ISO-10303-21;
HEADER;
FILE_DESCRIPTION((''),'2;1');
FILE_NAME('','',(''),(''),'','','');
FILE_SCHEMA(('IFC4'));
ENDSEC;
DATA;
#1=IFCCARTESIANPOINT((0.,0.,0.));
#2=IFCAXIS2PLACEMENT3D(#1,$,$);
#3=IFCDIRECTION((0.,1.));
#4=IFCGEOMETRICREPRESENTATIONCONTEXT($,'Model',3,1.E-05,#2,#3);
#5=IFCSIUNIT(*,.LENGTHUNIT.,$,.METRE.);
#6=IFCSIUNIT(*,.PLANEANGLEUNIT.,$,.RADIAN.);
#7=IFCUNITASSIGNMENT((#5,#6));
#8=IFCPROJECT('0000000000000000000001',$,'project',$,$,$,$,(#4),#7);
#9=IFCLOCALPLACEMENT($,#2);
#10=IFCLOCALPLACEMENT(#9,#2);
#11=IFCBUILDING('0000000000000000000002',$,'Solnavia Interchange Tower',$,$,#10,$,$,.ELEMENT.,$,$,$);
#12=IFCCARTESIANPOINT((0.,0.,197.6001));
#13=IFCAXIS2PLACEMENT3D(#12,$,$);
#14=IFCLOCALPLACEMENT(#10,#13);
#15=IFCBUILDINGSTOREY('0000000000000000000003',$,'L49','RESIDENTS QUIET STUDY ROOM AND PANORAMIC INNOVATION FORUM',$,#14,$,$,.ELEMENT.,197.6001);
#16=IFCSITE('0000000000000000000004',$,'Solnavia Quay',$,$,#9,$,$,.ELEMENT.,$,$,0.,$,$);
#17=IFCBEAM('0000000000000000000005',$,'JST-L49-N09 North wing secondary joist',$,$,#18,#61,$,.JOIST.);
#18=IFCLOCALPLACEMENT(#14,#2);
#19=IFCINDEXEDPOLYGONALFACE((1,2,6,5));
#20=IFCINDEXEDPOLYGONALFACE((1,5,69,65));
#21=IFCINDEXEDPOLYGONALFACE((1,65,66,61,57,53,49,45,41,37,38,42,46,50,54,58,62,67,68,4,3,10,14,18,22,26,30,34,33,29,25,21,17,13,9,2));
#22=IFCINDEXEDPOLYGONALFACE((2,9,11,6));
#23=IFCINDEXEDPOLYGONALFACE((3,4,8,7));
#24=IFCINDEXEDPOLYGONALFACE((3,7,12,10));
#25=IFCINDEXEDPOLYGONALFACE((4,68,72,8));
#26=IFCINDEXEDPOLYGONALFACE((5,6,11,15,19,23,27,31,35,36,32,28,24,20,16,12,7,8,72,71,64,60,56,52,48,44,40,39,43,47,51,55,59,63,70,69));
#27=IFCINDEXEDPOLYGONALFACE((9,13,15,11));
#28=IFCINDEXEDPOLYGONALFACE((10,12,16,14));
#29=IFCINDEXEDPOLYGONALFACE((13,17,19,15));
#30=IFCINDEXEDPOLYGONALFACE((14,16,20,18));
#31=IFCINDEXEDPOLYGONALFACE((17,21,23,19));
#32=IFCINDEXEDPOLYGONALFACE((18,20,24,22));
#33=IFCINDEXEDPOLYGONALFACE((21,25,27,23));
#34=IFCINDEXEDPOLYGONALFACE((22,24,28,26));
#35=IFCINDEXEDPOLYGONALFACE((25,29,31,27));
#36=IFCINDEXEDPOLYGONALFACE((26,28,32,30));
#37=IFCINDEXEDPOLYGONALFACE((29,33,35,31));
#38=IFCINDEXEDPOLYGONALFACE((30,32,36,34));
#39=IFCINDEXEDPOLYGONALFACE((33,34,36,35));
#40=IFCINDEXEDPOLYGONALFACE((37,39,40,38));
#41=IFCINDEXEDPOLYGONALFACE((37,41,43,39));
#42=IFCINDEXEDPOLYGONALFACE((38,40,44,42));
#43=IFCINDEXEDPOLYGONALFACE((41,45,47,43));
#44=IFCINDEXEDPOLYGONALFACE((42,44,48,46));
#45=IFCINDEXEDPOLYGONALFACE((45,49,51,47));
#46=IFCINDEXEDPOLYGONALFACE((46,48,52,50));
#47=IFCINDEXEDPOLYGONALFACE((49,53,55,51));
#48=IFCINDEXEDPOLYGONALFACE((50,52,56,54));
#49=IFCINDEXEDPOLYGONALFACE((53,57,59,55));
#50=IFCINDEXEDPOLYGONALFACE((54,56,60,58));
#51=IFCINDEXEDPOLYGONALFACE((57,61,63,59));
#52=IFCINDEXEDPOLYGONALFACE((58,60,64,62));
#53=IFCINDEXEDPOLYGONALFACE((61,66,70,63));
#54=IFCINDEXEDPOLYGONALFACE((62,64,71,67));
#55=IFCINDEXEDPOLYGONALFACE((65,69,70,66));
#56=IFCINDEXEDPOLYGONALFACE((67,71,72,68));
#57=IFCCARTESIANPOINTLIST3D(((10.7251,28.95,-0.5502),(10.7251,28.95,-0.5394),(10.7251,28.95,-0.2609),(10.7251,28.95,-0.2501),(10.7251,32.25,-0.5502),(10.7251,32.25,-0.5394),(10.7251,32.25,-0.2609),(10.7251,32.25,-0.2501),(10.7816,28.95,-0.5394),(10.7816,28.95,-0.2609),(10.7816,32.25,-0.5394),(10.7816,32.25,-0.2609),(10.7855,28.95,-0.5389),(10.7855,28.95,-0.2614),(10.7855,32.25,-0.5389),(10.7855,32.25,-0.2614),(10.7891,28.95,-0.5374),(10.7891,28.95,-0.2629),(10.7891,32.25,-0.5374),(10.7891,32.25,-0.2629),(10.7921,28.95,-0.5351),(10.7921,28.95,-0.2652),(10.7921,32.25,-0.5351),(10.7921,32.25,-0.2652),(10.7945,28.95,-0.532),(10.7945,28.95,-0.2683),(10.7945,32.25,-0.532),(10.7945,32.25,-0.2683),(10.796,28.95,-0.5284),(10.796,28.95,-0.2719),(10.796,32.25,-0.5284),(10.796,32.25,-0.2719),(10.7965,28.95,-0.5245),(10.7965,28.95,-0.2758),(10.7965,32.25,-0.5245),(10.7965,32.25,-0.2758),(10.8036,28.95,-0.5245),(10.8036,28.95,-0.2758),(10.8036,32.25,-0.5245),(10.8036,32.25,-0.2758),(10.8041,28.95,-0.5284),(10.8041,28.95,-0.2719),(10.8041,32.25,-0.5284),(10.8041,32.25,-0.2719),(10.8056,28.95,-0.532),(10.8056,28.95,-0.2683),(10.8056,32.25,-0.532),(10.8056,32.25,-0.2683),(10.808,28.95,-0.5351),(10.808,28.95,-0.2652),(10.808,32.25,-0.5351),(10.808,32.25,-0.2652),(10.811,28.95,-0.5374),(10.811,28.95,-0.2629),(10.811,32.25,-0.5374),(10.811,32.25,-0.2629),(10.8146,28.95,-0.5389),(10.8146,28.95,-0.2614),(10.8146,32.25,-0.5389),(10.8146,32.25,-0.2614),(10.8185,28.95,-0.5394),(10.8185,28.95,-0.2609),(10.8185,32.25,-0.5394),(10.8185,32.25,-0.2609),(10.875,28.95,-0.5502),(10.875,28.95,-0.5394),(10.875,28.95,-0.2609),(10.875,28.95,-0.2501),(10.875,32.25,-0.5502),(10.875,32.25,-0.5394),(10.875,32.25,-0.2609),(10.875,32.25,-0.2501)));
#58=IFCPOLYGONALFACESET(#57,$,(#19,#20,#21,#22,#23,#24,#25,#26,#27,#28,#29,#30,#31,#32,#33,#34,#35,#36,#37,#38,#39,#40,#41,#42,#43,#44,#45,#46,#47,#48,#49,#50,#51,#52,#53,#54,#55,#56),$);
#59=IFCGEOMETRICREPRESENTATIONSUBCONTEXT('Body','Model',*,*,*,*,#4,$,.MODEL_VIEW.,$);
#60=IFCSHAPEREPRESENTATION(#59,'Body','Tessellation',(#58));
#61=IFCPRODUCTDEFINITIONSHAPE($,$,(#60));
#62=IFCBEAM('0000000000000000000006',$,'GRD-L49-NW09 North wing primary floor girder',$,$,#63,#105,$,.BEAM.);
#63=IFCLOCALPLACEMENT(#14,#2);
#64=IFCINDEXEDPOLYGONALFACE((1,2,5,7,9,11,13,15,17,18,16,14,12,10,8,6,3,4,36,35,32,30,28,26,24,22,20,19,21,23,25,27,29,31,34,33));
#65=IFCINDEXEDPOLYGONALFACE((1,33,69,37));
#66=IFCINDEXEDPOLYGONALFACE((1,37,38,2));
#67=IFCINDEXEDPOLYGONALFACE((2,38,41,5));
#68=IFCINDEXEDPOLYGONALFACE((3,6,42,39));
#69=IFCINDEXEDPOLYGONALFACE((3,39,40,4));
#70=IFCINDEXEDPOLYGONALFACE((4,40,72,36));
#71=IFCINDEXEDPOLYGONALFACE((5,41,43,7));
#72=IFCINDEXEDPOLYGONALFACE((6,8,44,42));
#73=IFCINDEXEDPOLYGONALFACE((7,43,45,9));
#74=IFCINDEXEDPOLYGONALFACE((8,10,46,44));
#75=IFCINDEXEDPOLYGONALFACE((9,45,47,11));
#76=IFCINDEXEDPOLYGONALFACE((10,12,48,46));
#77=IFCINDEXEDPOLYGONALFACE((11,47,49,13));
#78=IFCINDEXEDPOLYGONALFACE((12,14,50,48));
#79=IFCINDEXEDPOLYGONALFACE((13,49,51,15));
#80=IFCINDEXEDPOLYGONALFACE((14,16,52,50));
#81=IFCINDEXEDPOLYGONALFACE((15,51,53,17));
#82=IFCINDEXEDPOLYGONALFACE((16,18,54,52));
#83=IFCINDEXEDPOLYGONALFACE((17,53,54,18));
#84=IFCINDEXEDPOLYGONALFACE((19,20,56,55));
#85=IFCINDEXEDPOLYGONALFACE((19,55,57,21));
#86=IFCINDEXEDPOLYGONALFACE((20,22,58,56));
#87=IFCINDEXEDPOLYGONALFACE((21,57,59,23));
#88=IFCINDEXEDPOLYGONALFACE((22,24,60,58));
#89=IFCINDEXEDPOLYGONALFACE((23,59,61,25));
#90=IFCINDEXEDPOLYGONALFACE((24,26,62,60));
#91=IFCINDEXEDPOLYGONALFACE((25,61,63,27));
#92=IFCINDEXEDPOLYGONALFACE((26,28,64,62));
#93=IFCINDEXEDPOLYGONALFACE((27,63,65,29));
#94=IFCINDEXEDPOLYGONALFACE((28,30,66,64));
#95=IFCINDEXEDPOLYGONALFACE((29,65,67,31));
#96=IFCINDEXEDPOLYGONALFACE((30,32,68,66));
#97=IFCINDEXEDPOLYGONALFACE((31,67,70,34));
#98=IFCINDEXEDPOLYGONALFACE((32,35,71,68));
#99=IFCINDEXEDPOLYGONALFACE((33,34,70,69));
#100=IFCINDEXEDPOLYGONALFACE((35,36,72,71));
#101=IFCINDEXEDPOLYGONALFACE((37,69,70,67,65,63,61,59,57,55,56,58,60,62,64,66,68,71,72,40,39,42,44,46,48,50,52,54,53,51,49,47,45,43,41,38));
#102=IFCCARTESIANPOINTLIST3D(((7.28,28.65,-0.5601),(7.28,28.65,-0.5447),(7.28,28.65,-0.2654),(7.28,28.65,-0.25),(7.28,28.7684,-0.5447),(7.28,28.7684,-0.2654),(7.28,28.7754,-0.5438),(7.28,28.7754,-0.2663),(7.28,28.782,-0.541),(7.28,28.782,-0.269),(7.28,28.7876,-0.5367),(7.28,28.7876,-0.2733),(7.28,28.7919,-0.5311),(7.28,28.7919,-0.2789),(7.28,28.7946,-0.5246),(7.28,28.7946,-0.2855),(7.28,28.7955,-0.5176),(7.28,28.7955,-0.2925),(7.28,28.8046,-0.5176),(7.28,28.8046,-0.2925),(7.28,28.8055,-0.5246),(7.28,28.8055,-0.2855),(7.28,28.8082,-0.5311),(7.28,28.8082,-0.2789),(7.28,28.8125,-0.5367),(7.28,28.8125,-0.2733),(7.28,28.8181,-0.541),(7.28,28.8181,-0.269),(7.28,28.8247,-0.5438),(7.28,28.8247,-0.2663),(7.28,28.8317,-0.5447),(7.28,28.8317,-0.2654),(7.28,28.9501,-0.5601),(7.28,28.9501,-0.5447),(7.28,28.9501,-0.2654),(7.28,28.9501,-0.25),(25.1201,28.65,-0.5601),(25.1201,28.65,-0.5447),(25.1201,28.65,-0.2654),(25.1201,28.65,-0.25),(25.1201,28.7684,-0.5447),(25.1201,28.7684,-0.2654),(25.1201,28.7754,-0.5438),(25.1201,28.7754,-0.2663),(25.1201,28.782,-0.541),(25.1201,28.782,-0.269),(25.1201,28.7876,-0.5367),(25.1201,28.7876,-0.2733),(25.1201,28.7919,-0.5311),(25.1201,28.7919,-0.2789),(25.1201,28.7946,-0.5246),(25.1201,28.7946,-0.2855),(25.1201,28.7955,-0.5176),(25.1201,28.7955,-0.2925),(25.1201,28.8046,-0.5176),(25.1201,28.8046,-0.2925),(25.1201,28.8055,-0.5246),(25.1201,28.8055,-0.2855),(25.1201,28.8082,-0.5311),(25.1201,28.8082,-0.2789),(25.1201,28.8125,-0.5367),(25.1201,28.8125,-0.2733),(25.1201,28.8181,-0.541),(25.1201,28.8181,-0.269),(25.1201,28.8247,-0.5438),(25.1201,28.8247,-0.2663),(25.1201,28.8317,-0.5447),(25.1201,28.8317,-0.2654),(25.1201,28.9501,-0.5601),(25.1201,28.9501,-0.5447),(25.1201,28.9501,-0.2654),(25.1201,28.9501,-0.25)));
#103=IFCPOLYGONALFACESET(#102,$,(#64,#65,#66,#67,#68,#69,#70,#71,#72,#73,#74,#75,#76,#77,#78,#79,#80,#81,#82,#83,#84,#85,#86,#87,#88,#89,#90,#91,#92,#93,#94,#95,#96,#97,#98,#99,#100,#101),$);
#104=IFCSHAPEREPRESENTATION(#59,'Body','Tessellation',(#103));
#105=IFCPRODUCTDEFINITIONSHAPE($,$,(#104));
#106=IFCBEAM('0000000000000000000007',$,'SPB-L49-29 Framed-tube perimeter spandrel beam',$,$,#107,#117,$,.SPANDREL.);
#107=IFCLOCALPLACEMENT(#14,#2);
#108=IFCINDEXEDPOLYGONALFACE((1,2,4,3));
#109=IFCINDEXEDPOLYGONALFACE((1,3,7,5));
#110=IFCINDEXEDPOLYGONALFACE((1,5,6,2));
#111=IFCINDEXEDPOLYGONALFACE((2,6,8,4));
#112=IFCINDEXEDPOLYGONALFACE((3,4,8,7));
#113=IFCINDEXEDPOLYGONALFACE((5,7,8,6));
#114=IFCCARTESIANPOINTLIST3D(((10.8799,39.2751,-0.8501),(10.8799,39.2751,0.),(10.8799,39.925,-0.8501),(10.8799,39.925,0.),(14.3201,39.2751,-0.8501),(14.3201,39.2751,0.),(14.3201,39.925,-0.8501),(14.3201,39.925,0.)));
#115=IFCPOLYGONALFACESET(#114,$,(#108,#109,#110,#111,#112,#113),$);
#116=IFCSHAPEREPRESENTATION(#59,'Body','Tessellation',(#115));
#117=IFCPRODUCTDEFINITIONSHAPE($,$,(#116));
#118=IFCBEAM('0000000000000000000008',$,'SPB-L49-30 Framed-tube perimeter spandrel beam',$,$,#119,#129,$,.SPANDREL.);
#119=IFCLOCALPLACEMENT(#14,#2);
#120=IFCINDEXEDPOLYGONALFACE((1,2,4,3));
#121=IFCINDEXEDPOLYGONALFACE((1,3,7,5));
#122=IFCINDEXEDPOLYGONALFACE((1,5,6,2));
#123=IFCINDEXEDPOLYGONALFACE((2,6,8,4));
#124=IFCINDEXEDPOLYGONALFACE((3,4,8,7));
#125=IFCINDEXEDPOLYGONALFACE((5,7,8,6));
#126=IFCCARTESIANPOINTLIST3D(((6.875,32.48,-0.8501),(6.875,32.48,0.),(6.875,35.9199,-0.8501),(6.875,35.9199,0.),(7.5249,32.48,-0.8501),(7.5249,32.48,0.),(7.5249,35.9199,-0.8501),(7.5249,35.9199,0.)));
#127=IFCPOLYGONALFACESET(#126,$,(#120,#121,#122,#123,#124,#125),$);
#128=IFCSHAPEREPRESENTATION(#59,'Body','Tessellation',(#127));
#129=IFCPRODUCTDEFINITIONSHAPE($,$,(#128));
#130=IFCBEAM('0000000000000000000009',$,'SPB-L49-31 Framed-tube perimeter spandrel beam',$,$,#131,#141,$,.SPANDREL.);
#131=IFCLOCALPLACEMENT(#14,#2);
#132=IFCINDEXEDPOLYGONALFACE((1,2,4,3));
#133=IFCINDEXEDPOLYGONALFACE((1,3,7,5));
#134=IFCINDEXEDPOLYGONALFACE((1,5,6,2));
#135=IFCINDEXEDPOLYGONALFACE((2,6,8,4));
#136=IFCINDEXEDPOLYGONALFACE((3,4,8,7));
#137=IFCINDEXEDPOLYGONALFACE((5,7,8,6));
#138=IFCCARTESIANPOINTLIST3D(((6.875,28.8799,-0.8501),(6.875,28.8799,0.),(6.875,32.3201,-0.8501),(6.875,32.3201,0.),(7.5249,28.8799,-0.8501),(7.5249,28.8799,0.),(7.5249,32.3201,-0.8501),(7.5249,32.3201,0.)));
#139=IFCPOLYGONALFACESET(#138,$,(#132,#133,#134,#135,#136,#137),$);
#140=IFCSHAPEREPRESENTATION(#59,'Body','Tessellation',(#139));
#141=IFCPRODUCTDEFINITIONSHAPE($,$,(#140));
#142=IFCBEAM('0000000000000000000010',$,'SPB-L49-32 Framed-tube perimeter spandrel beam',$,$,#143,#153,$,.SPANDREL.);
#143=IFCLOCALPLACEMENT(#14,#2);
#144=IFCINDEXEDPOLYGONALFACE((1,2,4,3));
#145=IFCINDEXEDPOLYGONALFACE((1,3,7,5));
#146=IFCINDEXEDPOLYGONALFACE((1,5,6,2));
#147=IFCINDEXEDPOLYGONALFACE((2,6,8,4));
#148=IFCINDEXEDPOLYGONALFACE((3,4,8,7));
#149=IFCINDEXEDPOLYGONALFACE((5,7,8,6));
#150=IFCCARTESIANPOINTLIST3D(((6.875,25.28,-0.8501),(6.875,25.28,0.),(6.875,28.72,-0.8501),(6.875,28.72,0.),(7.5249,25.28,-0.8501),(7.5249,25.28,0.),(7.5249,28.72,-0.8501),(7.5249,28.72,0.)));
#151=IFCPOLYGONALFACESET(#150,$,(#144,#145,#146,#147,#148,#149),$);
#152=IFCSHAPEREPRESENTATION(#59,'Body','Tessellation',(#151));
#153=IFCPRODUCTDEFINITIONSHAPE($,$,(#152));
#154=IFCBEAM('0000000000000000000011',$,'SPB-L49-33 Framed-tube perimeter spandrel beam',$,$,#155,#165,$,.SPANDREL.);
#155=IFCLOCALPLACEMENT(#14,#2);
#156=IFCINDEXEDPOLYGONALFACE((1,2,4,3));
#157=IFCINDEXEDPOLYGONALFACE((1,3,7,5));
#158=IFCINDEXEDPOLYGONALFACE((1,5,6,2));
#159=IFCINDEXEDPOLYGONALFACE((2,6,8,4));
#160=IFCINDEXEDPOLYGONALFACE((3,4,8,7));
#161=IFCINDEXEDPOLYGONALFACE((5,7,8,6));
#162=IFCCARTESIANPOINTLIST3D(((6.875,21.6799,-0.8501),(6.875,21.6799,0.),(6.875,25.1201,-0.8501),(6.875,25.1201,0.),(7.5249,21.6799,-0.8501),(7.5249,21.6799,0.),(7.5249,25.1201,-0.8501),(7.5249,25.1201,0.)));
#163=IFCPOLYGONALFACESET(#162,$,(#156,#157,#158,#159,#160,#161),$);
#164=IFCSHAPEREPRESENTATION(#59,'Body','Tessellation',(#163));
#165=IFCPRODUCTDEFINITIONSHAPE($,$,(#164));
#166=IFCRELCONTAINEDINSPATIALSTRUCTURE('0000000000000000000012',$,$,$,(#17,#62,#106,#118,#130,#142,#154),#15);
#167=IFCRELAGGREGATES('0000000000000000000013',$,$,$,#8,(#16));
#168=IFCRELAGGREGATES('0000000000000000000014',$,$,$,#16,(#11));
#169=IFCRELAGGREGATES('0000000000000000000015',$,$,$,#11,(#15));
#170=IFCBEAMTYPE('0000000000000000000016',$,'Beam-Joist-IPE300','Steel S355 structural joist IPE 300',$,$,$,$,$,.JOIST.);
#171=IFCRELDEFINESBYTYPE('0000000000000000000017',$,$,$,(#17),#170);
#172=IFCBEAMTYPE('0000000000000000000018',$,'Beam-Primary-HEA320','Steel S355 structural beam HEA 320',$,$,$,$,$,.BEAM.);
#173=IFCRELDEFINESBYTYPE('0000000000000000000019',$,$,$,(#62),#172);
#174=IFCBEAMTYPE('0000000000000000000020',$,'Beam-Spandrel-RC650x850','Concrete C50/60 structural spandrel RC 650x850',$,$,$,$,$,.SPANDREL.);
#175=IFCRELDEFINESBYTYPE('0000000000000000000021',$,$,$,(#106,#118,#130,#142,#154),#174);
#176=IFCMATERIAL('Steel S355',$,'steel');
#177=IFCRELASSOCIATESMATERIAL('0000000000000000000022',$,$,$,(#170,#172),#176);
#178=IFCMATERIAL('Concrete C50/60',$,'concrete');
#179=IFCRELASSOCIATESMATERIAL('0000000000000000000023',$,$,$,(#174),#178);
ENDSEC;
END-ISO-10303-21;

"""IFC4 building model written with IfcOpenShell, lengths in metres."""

from ifc_helpers import new_model, si_unit, direction, frame, origin, origin_2d, place, context, subcontext, project, spatial, rectangle, i_section, extrude, material, material_profile, profile_set, type_object, element, save


model = new_model("IFC4")

# Units and contexts
model_context = context("Model", 3, precision=1e-05, world=origin(), true_north=direction((0.0, 1.0)))
body_context = subcontext(model_context, "Body", "Model", "MODEL_VIEW")
ifc_project = project(units=[si_unit("LENGTHUNIT", "METRE"), si_unit("PLANEANGLEUNIT", "RADIAN")], contexts=[model_context])

# Site, building, storey
site_placement = place(None, origin())
site = spatial("IfcSite", under=ifc_project, at=site_placement, Name="Solnavia Quay", CompositionType="ELEMENT", RefElevation=0.0)
building_placement = place(site_placement, origin())
building = spatial("IfcBuilding", under=site, at=building_placement, Name="Solnavia Interchange Tower", CompositionType="ELEMENT")
storey_placement = place(building_placement, frame((0.0, 0.0, 197.6001)))
storey = spatial("IfcBuildingStorey", under=building, at=storey_placement, Name="L49", Description="RESIDENTS QUIET STUDY ROOM AND PANORAMIC INNOVATION FORUM", CompositionType="ELEMENT", Elevation=197.6001)

# Shared definitions
ifc_material_1 = material(Name="Concrete C50/60", Category="concrete")

# Beams
ifc_material_2 = material(Name="Steel S355", Category="steel")
ifc_material_profile_1 = material_profile(ifc_material_2, i_section(OverallWidth=0.1499, OverallDepth=0.3, WebThickness=0.0071, FlangeThickness=0.0107, FilletRadius=0.0149, at=origin_2d()), Name="IPE 300")
ifc_profile_set_1 = profile_set([ifc_material_profile_1], Name="Steel S355")
beam_type_1 = type_object("IfcBeamType", Name="Beam-Joist-IPE300", Description="Steel S355 structural joist IPE 300", PredefinedType="JOIST", material=ifc_profile_set_1)
beam_1_placement = place(storey_placement, frame((10.8, 28.95, -0.4001), z_axis=(0.0, 1.0, 0.0), x_axis=(-1.0, 0.0, 0.0)))
element("IfcBeam", 1, at=beam_1_placement, inside=storey, type_object=beam_type_1, Name="JST-L49-N09 North wing secondary joist", PredefinedType="JOIST", context=body_context, shape_type="SweptSolid", body=[
    extrude(i_section(OverallWidth=0.1499, OverallDepth=0.3, WebThickness=0.0071, FlangeThickness=0.0107, FilletRadius=0.0149, at=origin_2d()), origin(), (0.0, 0.0, 1.0), 3.3),
])
ifc_material_profile_2 = material_profile(ifc_material_2, i_section(OverallWidth=0.3, OverallDepth=0.3101, WebThickness=0.009, FlangeThickness=0.0154, FilletRadius=0.0271, at=origin_2d()), Name="HEA 320")
ifc_profile_set_2 = profile_set([ifc_material_profile_2], Name="Steel S355")
beam_type_2 = type_object("IfcBeamType", Name="Beam-Primary-HEA320", Description="Steel S355 structural beam HEA 320", PredefinedType="BEAM", material=ifc_profile_set_2)
beam_2_placement = place(storey_placement, frame((7.28, 28.8, -0.405), z_axis=(1.0, 0.0, 0.0), x_axis=(0.0, 1.0, 0.0)))
element("IfcBeam", 2, at=beam_2_placement, inside=storey, type_object=beam_type_2, Name="GRD-L49-NW09 North wing primary floor girder", PredefinedType="BEAM", context=body_context, shape_type="SweptSolid", body=[
    extrude(i_section(OverallWidth=0.3, OverallDepth=0.3101, WebThickness=0.009, FlangeThickness=0.0154, FilletRadius=0.0271, at=origin_2d()), origin(), (0.0, 0.0, 1.0), 17.8401),
])
ifc_material_profile_3 = material_profile(ifc_material_1, rectangle(XDim=0.6499, YDim=0.8501, at=origin_2d()), Name="RC 650x850")
ifc_profile_set_3 = profile_set([ifc_material_profile_3], Name="Concrete C50/60")
beam_type_3 = type_object("IfcBeamType", Name="Beam-Spandrel-RC650x850", Description="Concrete C50/60 structural spandrel RC 650x850", PredefinedType="SPANDREL", material=ifc_profile_set_3)
beam_3_placement = place(storey_placement, frame((14.3201, 39.6001, -0.425), z_axis=(-1.0, 0.0, 0.0), x_axis=(0.0, -1.0, 0.0)))
element("IfcBeam", 3, at=beam_3_placement, inside=storey, type_object=beam_type_3, Name="SPB-L49-29 Framed-tube perimeter spandrel beam", PredefinedType="SPANDREL", context=body_context, shape_type="SweptSolid", body=[
    extrude(rectangle(XDim=0.6499, YDim=0.8501, at=origin_2d()), origin(), (0.0, 0.0, 1.0), 3.4402),
])
beam_4_placement = place(storey_placement, frame((7.2, 35.9199, -0.425), z_axis=(0.0, -1.0, 0.0), x_axis=(1.0, 0.0, 0.0)))
element("IfcBeam", 4, at=beam_4_placement, inside=storey, type_object=beam_type_3, Name="SPB-L49-30 Framed-tube perimeter spandrel beam", PredefinedType="SPANDREL", context=body_context, shape_type="SweptSolid", body=[
    extrude(rectangle(XDim=0.6499, YDim=0.8501, at=origin_2d()), origin(), (0.0, 0.0, 1.0), 3.4399),
])
beam_5_placement = place(storey_placement, frame((7.2, 32.3201, -0.425), z_axis=(0.0, -1.0, 0.0), x_axis=(1.0, 0.0, 0.0)))
element("IfcBeam", 5, at=beam_5_placement, inside=storey, type_object=beam_type_3, Name="SPB-L49-31 Framed-tube perimeter spandrel beam", PredefinedType="SPANDREL", context=body_context, shape_type="SweptSolid", body=[
    extrude(rectangle(XDim=0.6499, YDim=0.8501, at=origin_2d()), origin(), (0.0, 0.0, 1.0), 3.4402),
])
beam_6_placement = place(storey_placement, frame((7.2, 28.72, -0.425), z_axis=(0.0, -1.0, 0.0), x_axis=(1.0, 0.0, 0.0)))
element("IfcBeam", 6, at=beam_6_placement, inside=storey, type_object=beam_type_3, Name="SPB-L49-32 Framed-tube perimeter spandrel beam", PredefinedType="SPANDREL", context=body_context, shape_type="SweptSolid", body=[
    extrude(rectangle(XDim=0.6499, YDim=0.8501, at=origin_2d()), origin(), (0.0, 0.0, 1.0), 3.4399),
])
beam_7_placement = place(storey_placement, frame((7.2, 25.1201, -0.425), z_axis=(0.0, -1.0, 0.0), x_axis=(1.0, 0.0, 0.0)))
element("IfcBeam", 7, at=beam_7_placement, inside=storey, type_object=beam_type_3, Name="SPB-L49-33 Framed-tube perimeter spandrel beam", PredefinedType="SPANDREL", context=body_context, shape_type="SweptSolid", body=[
    extrude(rectangle(XDim=0.6499, YDim=0.8501, at=origin_2d()), origin(), (0.0, 0.0, 1.0), 3.4402),
])

save(model, "model.ifc")
